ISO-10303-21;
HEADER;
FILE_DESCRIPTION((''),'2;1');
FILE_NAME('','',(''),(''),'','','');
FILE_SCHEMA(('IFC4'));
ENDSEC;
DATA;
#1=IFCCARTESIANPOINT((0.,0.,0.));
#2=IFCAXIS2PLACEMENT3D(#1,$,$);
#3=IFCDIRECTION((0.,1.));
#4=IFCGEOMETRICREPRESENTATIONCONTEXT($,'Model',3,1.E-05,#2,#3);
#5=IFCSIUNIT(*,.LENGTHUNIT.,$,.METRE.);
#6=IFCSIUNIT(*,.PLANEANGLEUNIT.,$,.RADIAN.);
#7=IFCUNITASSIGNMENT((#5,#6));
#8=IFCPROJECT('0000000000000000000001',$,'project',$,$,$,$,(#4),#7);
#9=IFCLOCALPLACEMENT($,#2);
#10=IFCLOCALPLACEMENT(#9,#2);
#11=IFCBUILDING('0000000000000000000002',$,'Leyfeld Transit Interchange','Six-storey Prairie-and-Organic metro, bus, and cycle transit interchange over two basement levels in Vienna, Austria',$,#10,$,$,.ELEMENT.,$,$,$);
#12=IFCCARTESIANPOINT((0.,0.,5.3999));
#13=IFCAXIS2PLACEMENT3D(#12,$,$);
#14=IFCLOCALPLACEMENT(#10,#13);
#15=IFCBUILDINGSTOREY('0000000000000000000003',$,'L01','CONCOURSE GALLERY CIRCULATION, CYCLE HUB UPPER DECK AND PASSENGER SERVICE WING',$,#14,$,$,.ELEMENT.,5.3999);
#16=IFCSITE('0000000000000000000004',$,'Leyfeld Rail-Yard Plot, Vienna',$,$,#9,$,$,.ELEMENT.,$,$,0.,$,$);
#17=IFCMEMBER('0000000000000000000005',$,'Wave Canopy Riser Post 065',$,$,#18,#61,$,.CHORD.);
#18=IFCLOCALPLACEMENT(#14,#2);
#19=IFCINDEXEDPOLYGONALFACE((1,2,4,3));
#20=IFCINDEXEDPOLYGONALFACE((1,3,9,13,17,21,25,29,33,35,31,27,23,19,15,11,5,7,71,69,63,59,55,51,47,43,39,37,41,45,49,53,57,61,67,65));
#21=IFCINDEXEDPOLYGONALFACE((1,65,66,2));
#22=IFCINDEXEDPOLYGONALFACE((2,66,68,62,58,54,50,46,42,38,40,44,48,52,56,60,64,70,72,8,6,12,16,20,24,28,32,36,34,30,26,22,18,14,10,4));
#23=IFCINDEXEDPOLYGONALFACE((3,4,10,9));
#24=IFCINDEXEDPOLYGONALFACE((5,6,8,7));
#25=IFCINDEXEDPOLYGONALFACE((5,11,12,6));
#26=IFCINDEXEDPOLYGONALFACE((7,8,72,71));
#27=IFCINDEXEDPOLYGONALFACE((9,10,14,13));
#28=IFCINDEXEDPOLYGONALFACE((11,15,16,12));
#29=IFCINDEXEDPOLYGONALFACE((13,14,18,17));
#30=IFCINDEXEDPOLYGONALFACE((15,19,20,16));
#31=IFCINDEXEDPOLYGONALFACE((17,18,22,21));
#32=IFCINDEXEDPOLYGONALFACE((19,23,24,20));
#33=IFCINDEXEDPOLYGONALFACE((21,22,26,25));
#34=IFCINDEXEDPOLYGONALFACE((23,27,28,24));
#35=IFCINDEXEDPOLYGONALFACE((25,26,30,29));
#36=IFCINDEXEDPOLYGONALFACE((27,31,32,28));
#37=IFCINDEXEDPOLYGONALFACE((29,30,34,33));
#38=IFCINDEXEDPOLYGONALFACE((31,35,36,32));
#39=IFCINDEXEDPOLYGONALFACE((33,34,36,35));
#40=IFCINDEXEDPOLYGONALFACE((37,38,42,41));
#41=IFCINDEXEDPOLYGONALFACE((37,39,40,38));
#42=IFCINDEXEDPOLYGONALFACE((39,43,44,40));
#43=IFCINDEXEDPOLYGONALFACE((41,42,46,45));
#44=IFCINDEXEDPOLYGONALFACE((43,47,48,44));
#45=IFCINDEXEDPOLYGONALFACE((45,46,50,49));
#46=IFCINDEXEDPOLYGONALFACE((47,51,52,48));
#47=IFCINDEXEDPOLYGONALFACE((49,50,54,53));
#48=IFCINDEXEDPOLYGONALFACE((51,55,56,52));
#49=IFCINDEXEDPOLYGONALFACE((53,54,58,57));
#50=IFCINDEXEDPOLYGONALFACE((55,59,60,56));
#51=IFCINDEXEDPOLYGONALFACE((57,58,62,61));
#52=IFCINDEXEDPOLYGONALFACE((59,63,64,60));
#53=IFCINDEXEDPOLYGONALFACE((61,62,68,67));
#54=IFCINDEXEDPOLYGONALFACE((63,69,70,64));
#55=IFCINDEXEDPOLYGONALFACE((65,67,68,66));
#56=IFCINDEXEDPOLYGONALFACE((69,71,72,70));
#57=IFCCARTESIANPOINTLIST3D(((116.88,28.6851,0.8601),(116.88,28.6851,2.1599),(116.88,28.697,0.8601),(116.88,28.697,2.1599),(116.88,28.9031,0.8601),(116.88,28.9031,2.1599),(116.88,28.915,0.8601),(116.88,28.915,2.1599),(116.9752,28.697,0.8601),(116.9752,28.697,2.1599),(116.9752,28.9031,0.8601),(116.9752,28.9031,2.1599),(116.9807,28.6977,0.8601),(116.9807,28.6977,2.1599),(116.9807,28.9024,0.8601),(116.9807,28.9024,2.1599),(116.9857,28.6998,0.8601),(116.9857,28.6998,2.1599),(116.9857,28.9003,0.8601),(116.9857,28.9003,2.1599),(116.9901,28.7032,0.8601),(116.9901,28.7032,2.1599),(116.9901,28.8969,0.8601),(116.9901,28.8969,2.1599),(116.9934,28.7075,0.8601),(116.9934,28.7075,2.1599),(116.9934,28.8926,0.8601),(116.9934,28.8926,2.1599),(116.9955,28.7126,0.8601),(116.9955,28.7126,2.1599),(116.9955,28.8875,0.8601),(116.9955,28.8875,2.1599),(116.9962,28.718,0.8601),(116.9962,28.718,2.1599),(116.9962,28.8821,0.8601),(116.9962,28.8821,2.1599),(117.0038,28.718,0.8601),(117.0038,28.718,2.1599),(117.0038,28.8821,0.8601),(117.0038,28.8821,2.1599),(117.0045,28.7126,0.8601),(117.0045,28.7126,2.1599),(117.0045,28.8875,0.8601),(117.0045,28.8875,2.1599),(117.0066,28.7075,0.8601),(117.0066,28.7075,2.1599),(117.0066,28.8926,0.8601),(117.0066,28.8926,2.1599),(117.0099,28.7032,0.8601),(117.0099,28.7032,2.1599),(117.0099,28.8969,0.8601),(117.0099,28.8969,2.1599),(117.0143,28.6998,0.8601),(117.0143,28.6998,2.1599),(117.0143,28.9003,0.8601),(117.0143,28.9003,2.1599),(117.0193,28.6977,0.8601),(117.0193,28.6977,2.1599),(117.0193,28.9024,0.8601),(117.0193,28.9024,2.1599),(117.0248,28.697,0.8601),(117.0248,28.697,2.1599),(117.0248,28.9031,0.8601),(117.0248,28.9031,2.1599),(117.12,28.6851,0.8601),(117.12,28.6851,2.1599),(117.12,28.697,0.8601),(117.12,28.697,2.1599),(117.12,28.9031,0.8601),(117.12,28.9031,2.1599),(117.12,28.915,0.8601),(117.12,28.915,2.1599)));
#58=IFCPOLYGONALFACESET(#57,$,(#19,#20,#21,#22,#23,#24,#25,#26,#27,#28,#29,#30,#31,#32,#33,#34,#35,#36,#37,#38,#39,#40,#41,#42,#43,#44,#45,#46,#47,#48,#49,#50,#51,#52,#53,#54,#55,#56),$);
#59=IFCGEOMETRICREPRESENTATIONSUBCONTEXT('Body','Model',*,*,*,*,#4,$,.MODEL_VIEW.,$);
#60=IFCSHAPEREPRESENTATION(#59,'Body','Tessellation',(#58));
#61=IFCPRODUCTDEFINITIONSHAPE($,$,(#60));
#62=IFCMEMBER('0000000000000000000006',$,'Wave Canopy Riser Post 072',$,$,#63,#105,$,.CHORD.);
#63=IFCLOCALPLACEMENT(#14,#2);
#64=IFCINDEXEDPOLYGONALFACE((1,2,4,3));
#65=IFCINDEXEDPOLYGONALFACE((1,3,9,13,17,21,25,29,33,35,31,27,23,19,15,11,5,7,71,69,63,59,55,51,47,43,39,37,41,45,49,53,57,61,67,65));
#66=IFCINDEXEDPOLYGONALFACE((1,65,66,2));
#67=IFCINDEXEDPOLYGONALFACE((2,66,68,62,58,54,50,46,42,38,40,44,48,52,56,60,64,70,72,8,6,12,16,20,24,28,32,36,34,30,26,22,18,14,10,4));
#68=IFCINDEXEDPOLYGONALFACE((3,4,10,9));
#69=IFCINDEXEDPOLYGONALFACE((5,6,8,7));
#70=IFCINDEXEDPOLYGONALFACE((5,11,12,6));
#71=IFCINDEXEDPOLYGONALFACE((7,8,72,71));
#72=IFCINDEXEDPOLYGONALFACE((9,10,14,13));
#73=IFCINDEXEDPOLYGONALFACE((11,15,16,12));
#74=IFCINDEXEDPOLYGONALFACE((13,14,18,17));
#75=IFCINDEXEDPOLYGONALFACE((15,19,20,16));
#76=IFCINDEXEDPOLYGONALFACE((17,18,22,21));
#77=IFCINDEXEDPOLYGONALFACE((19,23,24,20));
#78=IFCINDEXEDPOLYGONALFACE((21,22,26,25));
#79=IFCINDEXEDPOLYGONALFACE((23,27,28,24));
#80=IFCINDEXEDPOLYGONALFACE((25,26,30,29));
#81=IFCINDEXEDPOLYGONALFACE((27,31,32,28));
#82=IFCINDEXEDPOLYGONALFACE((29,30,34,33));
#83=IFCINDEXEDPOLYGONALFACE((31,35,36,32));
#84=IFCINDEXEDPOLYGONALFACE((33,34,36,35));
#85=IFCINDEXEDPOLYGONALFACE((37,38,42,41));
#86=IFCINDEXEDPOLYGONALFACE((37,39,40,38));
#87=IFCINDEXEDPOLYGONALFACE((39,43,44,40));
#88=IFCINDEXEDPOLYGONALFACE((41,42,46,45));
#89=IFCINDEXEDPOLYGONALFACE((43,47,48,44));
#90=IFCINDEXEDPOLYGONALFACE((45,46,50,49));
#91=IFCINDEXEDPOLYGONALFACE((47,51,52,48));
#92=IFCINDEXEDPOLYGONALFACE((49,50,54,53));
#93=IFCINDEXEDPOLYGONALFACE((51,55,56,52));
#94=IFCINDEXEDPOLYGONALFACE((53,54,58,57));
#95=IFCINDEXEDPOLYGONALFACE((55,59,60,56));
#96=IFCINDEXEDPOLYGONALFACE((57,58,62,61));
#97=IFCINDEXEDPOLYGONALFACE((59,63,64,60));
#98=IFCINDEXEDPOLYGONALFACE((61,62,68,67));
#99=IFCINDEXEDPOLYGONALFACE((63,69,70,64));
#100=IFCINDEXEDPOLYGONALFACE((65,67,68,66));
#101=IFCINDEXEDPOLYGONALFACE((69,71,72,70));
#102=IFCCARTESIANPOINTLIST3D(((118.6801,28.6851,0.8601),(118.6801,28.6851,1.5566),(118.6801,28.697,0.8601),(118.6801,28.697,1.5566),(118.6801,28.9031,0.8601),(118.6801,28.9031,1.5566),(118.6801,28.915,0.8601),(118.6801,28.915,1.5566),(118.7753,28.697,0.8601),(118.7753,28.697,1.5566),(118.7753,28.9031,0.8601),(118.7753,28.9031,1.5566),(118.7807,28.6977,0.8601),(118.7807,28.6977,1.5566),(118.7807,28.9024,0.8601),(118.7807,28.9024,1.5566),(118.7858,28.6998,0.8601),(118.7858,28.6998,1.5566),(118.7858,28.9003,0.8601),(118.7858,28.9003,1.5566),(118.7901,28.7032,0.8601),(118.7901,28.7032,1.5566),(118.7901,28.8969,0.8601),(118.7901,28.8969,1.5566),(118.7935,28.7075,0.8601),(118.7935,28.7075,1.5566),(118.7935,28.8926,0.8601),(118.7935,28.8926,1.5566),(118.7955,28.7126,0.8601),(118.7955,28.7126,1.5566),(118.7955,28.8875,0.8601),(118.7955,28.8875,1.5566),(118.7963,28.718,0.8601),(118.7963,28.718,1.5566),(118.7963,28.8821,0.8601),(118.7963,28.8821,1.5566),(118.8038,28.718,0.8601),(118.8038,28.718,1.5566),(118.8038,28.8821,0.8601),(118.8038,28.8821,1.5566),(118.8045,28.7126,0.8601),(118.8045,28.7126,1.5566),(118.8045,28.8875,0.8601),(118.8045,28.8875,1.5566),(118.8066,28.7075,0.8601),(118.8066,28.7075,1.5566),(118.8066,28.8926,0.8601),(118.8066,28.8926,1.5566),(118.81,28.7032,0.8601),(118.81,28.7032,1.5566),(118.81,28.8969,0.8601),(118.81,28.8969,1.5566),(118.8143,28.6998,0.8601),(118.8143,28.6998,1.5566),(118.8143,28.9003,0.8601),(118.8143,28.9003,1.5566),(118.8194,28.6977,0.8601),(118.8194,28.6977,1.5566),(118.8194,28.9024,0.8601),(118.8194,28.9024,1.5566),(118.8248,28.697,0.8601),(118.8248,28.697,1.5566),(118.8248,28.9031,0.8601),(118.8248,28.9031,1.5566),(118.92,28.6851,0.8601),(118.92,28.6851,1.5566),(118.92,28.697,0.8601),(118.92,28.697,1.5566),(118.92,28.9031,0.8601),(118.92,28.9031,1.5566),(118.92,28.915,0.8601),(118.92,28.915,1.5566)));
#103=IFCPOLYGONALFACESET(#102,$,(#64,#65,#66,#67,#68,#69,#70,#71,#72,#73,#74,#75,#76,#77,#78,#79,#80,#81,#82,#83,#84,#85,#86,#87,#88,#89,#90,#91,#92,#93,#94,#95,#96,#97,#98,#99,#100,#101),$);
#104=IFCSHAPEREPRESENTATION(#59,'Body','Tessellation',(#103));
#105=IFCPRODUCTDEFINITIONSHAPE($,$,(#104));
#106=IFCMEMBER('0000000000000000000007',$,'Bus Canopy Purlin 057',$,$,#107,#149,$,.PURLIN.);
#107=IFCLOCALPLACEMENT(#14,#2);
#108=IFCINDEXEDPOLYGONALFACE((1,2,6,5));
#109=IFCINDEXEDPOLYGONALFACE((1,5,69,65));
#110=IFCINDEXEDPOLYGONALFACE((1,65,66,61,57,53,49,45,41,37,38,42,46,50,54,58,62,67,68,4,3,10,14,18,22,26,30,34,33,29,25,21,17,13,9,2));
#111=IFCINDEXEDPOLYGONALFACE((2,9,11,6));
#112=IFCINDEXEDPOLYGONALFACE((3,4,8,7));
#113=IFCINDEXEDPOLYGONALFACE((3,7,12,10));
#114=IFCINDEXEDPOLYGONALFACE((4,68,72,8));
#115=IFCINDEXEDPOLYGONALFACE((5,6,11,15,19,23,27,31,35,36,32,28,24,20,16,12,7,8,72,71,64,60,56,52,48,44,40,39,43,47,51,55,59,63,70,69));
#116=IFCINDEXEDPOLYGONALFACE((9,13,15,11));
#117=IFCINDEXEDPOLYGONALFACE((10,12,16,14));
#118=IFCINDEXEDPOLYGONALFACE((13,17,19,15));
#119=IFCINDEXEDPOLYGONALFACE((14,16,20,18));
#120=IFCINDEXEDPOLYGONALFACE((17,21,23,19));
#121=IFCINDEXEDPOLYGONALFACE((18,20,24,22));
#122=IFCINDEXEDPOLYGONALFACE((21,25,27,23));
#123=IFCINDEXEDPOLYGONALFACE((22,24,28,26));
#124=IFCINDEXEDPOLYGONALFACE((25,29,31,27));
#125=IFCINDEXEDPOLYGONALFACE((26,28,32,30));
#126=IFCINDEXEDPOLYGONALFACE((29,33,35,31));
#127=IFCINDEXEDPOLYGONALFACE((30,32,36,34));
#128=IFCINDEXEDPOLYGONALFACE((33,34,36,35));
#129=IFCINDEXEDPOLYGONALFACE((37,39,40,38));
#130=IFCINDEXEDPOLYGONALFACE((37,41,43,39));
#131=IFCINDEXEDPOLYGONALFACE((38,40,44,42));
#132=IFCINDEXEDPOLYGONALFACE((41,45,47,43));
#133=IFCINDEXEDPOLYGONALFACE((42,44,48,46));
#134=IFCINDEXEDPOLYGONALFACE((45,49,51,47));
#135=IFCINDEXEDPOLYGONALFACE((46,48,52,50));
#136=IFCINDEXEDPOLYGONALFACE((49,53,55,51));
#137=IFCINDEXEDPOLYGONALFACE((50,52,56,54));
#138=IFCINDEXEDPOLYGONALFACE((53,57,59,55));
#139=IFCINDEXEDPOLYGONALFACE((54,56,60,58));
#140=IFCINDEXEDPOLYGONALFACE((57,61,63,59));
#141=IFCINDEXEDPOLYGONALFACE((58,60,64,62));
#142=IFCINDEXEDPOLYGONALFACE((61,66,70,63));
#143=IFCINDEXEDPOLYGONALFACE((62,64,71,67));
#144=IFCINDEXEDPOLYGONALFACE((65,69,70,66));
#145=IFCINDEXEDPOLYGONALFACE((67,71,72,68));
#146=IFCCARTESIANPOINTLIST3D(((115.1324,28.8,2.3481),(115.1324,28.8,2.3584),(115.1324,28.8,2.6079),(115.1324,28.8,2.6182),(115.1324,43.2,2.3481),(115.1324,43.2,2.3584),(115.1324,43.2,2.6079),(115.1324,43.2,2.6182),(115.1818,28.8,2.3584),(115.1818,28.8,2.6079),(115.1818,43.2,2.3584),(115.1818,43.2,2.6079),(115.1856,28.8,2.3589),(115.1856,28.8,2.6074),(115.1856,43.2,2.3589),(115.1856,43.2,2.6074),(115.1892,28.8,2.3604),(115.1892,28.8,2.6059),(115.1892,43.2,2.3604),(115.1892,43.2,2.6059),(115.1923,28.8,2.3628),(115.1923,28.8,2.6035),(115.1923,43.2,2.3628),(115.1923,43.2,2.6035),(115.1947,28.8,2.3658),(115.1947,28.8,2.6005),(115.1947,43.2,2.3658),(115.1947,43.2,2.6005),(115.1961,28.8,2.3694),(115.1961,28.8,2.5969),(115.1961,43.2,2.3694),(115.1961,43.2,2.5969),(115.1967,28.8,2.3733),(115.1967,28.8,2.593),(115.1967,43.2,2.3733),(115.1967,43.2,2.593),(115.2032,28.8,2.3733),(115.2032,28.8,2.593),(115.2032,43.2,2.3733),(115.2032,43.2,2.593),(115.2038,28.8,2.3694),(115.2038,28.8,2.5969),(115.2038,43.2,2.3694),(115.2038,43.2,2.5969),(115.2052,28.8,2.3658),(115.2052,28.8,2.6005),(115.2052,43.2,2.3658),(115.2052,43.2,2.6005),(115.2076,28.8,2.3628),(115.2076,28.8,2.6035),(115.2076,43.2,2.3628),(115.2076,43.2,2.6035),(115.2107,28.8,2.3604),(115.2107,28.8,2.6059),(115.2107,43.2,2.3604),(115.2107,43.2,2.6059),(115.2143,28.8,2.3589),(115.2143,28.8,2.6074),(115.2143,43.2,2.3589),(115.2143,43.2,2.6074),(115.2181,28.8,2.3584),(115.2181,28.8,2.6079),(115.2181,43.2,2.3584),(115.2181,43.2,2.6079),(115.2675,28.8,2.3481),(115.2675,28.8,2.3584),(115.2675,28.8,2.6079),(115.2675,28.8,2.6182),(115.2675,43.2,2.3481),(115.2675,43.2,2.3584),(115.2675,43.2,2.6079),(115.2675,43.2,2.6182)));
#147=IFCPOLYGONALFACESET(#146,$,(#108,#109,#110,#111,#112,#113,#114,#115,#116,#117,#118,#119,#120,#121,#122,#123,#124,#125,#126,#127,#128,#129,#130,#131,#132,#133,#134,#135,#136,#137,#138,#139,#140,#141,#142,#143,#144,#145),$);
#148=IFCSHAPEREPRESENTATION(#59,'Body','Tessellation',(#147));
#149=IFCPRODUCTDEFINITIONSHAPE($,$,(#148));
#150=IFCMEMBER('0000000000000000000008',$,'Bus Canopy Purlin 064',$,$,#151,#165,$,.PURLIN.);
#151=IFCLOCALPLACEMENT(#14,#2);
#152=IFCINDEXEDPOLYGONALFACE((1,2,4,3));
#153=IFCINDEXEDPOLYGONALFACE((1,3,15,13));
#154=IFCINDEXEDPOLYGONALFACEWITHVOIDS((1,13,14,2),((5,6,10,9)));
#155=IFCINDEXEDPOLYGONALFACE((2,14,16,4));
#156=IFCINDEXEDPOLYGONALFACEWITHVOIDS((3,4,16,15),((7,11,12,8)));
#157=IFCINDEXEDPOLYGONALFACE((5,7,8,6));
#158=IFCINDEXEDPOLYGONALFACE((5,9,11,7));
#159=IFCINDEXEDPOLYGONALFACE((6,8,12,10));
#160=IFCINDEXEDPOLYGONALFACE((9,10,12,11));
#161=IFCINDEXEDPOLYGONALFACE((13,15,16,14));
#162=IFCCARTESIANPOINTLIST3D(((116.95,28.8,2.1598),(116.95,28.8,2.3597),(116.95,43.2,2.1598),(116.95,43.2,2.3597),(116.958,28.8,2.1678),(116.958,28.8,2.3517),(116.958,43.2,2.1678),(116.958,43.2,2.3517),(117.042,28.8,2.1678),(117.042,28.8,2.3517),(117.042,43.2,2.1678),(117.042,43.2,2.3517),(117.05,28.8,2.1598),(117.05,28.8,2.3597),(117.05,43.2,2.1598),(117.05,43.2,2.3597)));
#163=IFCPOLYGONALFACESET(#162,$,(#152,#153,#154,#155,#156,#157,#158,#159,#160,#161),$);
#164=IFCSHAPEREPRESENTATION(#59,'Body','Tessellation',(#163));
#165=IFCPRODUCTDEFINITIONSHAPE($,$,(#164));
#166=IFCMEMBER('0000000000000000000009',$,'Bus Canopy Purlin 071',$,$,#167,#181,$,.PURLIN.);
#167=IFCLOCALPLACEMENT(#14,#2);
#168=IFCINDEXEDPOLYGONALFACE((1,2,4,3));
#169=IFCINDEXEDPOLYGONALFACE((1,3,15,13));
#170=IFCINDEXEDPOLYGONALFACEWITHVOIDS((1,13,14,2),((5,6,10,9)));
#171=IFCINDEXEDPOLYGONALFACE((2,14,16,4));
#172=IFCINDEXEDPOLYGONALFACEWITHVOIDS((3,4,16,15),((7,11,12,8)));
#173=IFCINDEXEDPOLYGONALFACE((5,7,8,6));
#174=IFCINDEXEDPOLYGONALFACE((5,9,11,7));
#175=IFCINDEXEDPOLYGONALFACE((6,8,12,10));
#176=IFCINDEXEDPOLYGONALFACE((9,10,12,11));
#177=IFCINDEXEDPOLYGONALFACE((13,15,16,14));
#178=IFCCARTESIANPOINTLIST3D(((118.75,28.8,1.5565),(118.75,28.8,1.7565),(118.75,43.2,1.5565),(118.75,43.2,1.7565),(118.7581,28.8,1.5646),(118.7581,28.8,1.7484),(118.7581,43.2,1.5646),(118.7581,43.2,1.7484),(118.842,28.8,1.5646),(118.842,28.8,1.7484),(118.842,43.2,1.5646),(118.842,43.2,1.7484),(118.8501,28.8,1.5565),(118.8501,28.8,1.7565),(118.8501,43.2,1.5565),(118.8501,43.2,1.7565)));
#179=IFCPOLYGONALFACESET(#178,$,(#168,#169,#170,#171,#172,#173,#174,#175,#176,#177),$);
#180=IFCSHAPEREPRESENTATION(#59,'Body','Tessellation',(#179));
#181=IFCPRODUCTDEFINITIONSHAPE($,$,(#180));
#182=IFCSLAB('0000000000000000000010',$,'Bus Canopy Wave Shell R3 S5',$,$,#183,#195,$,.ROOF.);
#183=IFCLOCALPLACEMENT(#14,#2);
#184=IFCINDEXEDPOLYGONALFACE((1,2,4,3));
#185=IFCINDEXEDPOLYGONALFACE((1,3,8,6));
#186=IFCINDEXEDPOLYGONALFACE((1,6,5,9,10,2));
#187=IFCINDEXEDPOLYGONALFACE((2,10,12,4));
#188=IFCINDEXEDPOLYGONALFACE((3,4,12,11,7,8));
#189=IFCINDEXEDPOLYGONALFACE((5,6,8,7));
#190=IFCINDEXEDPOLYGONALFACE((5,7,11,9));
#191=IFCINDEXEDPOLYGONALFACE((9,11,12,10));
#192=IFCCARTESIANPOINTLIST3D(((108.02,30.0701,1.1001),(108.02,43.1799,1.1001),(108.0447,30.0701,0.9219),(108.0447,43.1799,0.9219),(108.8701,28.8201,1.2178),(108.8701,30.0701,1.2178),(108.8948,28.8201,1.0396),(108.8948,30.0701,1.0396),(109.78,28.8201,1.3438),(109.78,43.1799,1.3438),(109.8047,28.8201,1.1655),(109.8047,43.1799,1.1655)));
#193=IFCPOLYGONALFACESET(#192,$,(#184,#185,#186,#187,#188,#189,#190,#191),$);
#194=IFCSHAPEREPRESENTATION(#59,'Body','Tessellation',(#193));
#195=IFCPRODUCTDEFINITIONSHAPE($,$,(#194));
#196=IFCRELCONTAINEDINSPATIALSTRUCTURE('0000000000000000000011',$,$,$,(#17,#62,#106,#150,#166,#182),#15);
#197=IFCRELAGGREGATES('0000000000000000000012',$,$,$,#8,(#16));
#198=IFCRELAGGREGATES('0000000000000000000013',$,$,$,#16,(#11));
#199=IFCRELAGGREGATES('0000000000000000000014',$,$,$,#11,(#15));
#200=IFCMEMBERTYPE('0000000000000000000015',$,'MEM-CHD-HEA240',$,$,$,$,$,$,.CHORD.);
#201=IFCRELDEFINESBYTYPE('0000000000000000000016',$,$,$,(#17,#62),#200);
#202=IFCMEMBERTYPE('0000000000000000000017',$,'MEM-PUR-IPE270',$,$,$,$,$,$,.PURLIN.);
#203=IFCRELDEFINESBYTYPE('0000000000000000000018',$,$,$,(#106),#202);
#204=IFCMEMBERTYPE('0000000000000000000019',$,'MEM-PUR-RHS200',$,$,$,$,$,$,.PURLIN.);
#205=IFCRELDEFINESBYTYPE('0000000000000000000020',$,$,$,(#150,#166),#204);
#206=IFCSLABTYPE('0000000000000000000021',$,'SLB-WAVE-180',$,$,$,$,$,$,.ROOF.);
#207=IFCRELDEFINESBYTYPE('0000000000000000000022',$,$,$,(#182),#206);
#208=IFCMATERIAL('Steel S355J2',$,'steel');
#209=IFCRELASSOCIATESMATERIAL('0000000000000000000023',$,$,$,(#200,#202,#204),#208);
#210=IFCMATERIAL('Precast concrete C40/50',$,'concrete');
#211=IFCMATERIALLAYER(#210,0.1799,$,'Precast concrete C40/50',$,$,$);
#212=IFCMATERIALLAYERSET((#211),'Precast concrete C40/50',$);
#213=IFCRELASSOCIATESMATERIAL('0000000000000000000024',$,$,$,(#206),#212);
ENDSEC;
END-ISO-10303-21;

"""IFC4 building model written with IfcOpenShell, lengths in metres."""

from ifc_helpers import new_model, si_unit, direction, frame, origin, origin_2d, place, context, subcontext, project, spatial, polyline, hollow_rectangle, i_section, outline, extrude, material, layer, layer_set, material_profile, profile_set, type_object, element, save


model = new_model("IFC4")

# Units and contexts
model_context = context("Model", 3, precision=1e-05, world=origin(), true_north=direction((0.0, 1.0)))
body_context = subcontext(model_context, "Body", "Model", "MODEL_VIEW")
ifc_project = project(units=[si_unit("LENGTHUNIT", "METRE"), si_unit("PLANEANGLEUNIT", "RADIAN")], contexts=[model_context])

# Site, building, storey
site_placement = place(None, origin())
site = spatial("IfcSite", under=ifc_project, at=site_placement, Name="Leyfeld Rail-Yard Plot, Vienna", CompositionType="ELEMENT", RefElevation=0.0)
building_placement = place(site_placement, origin())
building = spatial("IfcBuilding", under=site, at=building_placement, Name="Leyfeld Transit Interchange", Description="Six-storey Prairie-and-Organic metro, bus, and cycle transit interchange over two basement levels in Vienna, Austria", CompositionType="ELEMENT")
storey_placement = place(building_placement, frame((0.0, 0.0, 5.3999)))
storey = spatial("IfcBuildingStorey", under=building, at=storey_placement, Name="L01", Description="CONCOURSE GALLERY CIRCULATION, CYCLE HUB UPPER DECK AND PASSENGER SERVICE WING", CompositionType="ELEMENT", Elevation=5.3999)

# Shared definitions
ifc_material_1 = material(Name="Steel S355J2", Category="steel")

# Members
ifc_material_profile_1 = material_profile(ifc_material_1, i_section(OverallWidth=0.24, OverallDepth=0.23, WebThickness=0.0076, FlangeThickness=0.012, FilletRadius=0.021, at=origin_2d()), Name="HEA 240")
ifc_profile_set_1 = profile_set([ifc_material_profile_1], Name="Steel S355J2")
member_type_1 = type_object("IfcMemberType", Name="MEM-CHD-HEA240", PredefinedType="CHORD", material=ifc_profile_set_1)
member_1_placement = place(storey_placement, frame((117.0, 28.8, 0.8601), z_axis=(0.0, 0.0, 1.0), x_axis=(1.0, 0.0, 0.0)))
element("IfcMember", 1, at=member_1_placement, inside=storey, type_object=member_type_1, Name="Wave Canopy Riser Post 065", PredefinedType="CHORD", context=body_context, shape_type="SweptSolid", body=[
    extrude(i_section(OverallWidth=0.24, OverallDepth=0.23, WebThickness=0.0076, FlangeThickness=0.012, FilletRadius=0.021, at=origin_2d()), origin(), (0.0, 0.0, 1.0), 1.2998),
])
member_2_placement = place(storey_placement, frame((118.8, 28.8, 0.8601), z_axis=(0.0, 0.0, 1.0), x_axis=(1.0, 0.0, 0.0)))
element("IfcMember", 2, at=member_2_placement, inside=storey, type_object=member_type_1, Name="Wave Canopy Riser Post 072", PredefinedType="CHORD", context=body_context, shape_type="SweptSolid", body=[
    extrude(i_section(OverallWidth=0.24, OverallDepth=0.23, WebThickness=0.0076, FlangeThickness=0.012, FilletRadius=0.021, at=origin_2d()), origin(), (0.0, 0.0, 1.0), 0.6965),
])
ifc_material_profile_2 = material_profile(ifc_material_1, i_section(OverallWidth=0.135, OverallDepth=0.27, WebThickness=0.0066, FlangeThickness=0.0103, FilletRadius=0.0149, at=origin_2d()), Name="IPE 270")
ifc_profile_set_2 = profile_set([ifc_material_profile_2], Name="Steel S355J2")
member_type_2 = type_object("IfcMemberType", Name="MEM-PUR-IPE270", PredefinedType="PURLIN", material=ifc_profile_set_2)
member_3_placement = place(storey_placement, frame((115.2, 28.8, 2.4832), z_axis=(0.0, 1.0, 0.0), x_axis=(-1.0, 0.0, 0.0)))
element("IfcMember", 3, at=member_3_placement, inside=storey, type_object=member_type_2, Name="Bus Canopy Purlin 057", PredefinedType="PURLIN", context=body_context, shape_type="SweptSolid", body=[
    extrude(i_section(OverallWidth=0.135, OverallDepth=0.27, WebThickness=0.0066, FlangeThickness=0.0103, FilletRadius=0.0149, at=origin_2d()), origin(), (0.0, 0.0, 1.0), 14.3999),
])
ifc_material_profile_3 = material_profile(ifc_material_1, hollow_rectangle(XDim=0.1001, YDim=0.2, WallThickness=0.0081, at=origin_2d()), Name="RHS 200x100x8")
ifc_profile_set_3 = profile_set([ifc_material_profile_3], Name="Steel S355J2")
member_type_3 = type_object("IfcMemberType", Name="MEM-PUR-RHS200", PredefinedType="PURLIN", material=ifc_profile_set_3)
for number, where, z_axis, x_axis, name in (
    (4, (117.0, 28.8, 2.2598), (0.0, 1.0, 0.0), (-1.0, 0.0, 0.0), "Bus Canopy Purlin 064"),
    (5, (118.8, 28.8, 1.6565), (0.0, 1.0, 0.0), (-1.0, 0.0, 0.0), "Bus Canopy Purlin 071"),
):
    element("IfcMember", number, at=place(storey_placement, frame(where, z_axis=z_axis, x_axis=x_axis)), inside=storey, type_object=member_type_3, Name=name, PredefinedType="PURLIN", context=body_context, shape_type="SweptSolid", body=[
        extrude(hollow_rectangle(XDim=0.1001, YDim=0.2, WallThickness=0.0081, at=origin_2d()), origin(), (0.0, 0.0, 1.0), 14.3999),
    ])

# Slab
ifc_material_2 = material(Name="Precast concrete C40/50", Category="concrete")
ifc_layer = layer(ifc_material_2, 0.1799, Name="Precast concrete C40/50")
ifc_layer_set = layer_set([ifc_layer], Name="Precast concrete C40/50")
slab_type = type_object("IfcSlabType", Name="SLB-WAVE-180", PredefinedType="ROOF", material=ifc_layer_set)
slab_1_placement = place(storey_placement, frame((108.02, 30.0701, 1.1001), z_axis=(-0.137131, 0.0, 0.990553), x_axis=(0.990553, 0.0, 0.137131)))
element("IfcSlab", 6, at=slab_1_placement, inside=storey, type_object=slab_type, Name="Bus Canopy Wave Shell R3 S5", PredefinedType="ROOF", context=body_context, shape_type="SweptSolid", body=[
    extrude(outline(polyline([(0.0, 0.0), (0.8582, 0.0), (0.8582, -1.25), (1.7768, -1.25), (1.7768, 13.1099), (0.0, 13.1099), (0.0, 0.0)])), origin(), (0.0, 0.0, -1.0), 0.1799),
])

save(model, "model.ifc")
